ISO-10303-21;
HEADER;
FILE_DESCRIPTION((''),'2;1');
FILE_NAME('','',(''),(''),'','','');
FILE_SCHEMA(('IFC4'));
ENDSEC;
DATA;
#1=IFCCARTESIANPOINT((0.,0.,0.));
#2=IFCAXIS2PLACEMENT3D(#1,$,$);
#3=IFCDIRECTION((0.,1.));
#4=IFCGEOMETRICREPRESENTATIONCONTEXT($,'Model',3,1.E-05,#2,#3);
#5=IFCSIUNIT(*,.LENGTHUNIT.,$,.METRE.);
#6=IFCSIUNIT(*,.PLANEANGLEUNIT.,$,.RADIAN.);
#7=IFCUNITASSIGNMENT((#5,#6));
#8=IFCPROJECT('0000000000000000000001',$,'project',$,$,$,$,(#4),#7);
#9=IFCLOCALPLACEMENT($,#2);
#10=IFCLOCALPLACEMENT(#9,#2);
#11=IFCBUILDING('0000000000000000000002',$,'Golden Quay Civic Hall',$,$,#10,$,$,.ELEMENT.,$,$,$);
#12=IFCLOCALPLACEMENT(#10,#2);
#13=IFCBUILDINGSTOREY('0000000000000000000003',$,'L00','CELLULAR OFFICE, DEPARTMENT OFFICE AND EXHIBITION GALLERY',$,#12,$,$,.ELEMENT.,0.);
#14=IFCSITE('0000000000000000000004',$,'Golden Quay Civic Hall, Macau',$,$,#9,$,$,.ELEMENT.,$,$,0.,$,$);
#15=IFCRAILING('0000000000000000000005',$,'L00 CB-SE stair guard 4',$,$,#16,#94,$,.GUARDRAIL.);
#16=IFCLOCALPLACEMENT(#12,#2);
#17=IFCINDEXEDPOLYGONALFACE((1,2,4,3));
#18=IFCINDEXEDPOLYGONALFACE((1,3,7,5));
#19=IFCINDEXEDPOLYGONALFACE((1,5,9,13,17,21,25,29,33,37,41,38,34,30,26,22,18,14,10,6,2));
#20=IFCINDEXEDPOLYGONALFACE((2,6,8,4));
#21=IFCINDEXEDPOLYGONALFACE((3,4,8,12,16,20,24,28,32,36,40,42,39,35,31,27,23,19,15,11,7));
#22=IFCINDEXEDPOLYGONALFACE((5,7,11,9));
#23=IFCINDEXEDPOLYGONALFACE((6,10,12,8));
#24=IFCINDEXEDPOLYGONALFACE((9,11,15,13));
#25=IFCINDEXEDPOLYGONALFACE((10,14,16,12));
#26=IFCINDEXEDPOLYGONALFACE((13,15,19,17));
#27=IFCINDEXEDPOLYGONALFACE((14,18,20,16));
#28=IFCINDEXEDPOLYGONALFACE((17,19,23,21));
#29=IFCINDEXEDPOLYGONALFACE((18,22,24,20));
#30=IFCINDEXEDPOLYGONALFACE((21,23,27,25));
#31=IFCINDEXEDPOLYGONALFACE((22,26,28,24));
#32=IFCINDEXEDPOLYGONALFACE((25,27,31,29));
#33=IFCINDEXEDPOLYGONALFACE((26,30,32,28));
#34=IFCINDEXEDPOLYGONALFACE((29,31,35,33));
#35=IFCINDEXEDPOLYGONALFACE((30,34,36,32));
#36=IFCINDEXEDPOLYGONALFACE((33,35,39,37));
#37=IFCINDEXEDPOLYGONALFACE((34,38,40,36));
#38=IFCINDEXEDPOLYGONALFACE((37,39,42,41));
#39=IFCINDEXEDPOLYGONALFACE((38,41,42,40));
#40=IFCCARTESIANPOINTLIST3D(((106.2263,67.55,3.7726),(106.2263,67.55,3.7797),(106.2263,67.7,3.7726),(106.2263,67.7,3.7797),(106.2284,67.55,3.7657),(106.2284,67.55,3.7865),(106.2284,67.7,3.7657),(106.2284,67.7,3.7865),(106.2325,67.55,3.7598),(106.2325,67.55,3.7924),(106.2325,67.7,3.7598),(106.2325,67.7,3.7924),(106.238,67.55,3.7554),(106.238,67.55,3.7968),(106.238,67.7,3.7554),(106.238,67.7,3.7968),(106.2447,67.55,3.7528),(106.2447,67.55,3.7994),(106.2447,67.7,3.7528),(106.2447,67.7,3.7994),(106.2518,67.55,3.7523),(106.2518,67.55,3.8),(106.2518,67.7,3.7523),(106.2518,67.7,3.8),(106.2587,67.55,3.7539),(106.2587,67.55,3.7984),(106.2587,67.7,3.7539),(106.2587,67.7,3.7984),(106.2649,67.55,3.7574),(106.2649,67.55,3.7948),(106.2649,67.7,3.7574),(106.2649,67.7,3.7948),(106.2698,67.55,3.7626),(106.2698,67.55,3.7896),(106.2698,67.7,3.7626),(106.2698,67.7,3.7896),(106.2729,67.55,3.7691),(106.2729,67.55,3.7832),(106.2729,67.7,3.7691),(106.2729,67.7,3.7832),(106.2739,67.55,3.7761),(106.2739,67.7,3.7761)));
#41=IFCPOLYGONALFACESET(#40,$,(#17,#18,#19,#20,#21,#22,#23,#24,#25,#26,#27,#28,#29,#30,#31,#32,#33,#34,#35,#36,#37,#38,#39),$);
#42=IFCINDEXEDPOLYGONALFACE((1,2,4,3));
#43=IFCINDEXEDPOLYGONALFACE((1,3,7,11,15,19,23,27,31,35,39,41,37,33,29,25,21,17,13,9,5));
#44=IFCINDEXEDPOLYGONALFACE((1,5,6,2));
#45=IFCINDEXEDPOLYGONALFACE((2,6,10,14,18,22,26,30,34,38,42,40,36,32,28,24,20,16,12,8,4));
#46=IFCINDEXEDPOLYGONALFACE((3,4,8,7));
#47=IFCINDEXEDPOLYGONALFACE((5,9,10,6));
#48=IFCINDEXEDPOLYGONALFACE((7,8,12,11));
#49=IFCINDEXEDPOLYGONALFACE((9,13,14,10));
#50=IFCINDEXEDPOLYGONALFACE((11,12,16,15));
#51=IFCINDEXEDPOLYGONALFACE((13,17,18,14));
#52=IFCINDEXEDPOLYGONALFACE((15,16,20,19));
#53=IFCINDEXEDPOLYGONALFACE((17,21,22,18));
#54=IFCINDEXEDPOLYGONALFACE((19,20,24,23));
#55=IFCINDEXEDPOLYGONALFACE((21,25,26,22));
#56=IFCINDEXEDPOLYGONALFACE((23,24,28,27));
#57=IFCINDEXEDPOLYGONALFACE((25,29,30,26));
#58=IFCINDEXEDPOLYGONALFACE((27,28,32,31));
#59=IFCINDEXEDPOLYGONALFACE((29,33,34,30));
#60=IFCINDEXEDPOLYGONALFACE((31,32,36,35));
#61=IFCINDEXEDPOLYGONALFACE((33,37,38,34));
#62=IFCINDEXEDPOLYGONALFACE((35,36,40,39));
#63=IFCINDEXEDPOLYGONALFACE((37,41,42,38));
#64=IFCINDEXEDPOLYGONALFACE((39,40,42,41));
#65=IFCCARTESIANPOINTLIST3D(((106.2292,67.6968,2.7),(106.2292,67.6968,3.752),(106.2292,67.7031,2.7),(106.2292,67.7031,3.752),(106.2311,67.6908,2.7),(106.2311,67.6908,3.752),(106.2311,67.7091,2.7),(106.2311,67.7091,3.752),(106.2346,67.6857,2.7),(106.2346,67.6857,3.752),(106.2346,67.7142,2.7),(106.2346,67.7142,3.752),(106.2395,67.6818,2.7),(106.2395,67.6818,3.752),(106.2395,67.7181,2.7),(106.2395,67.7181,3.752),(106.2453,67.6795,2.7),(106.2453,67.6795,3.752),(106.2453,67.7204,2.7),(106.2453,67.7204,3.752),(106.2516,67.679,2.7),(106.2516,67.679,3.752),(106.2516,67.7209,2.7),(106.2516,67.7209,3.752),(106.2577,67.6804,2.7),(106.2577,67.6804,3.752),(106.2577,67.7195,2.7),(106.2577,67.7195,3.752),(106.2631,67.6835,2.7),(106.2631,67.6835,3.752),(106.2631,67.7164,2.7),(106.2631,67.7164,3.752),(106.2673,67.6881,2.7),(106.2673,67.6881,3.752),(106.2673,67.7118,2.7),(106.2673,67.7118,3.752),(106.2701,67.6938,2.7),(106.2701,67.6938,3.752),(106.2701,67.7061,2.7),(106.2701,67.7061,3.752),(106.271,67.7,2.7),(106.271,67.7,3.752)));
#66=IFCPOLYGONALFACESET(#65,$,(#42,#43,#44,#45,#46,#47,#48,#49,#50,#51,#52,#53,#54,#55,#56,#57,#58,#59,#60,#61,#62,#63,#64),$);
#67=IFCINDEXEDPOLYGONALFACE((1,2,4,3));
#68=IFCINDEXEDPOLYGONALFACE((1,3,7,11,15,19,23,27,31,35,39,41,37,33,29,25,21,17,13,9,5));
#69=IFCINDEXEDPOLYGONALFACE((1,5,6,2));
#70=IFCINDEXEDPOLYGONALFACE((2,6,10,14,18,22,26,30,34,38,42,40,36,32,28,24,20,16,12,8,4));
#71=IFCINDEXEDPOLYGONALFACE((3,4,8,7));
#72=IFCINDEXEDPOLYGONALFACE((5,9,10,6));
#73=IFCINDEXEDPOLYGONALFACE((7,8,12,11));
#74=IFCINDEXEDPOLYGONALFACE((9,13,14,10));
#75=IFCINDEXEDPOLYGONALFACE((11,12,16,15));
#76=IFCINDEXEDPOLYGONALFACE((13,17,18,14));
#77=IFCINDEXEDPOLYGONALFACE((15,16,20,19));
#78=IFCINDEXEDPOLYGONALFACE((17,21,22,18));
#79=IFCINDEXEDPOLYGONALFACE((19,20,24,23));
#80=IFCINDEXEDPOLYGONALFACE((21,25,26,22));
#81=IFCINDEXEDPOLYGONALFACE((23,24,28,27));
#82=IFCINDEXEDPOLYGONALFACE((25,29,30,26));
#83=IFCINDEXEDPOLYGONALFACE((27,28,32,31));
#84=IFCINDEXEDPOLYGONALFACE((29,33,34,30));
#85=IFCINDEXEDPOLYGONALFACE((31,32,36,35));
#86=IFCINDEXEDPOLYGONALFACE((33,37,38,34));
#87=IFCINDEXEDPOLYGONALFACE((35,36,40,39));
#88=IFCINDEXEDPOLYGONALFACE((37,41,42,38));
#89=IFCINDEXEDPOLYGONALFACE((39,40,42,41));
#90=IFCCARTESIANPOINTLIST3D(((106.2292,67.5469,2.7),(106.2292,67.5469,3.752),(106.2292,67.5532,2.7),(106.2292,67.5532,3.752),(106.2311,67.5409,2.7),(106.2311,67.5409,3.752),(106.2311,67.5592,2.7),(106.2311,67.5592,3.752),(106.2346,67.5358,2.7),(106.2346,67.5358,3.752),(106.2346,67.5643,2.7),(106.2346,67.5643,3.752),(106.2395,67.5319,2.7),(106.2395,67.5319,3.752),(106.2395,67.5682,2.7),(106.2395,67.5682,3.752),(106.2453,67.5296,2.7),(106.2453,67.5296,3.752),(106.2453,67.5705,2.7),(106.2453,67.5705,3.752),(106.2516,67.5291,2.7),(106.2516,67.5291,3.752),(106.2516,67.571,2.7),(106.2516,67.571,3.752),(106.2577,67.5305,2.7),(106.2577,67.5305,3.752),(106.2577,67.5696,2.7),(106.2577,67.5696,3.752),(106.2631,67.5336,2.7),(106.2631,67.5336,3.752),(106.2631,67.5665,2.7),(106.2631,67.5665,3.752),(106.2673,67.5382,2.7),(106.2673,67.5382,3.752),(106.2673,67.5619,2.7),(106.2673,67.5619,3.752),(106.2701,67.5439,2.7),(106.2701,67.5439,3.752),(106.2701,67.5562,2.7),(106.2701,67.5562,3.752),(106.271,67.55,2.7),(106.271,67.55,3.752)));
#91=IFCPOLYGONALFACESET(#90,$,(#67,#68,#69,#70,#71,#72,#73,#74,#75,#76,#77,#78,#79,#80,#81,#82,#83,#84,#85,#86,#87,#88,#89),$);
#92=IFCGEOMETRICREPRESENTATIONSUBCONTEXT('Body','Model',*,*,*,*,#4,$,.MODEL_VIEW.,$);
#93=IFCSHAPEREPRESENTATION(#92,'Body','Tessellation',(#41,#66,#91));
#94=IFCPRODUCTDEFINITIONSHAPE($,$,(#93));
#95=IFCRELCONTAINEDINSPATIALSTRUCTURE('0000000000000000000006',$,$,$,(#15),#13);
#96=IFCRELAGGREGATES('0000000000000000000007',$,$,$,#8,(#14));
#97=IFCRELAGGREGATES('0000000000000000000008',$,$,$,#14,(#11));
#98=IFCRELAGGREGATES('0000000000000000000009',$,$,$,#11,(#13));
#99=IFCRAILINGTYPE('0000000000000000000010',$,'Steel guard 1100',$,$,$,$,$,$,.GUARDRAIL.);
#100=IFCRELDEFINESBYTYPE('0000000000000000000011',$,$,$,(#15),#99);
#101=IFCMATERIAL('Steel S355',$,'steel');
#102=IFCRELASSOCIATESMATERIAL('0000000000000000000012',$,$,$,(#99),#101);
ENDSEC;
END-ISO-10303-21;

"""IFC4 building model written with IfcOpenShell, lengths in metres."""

from ifc_helpers import new_model, si_unit, direction, frame, origin, origin_2d, place, context, subcontext, project, spatial, circle, extrude, material, type_object, element, save


model = new_model("IFC4")

# Units and contexts
model_context = context("Model", 3, precision=1e-05, world=origin(), true_north=direction((0.0, 1.0)))
body_context = subcontext(model_context, "Body", "Model", "MODEL_VIEW")
ifc_project = project(units=[si_unit("LENGTHUNIT", "METRE"), si_unit("PLANEANGLEUNIT", "RADIAN")], contexts=[model_context])

# Site, building, storey
site_placement = place(None, origin())
site = spatial("IfcSite", under=ifc_project, at=site_placement, Name="Golden Quay Civic Hall, Macau", CompositionType="ELEMENT", RefElevation=0.0)
building_placement = place(site_placement, origin())
building = spatial("IfcBuilding", under=site, at=building_placement, Name="Golden Quay Civic Hall", CompositionType="ELEMENT")
storey_placement = place(building_placement, origin())
storey = spatial("IfcBuildingStorey", under=building, at=storey_placement, Name="L00", Description="CELLULAR OFFICE, DEPARTMENT OFFICE AND EXHIBITION GALLERY", CompositionType="ELEMENT", Elevation=0.0)

# Railing
ifc_material_1 = material(Name="Steel S355", Category="steel")
railing_type_1 = type_object("IfcRailingType", Name="Steel guard 1100", PredefinedType="GUARDRAIL", material=ifc_material_1)
railing_1_placement = place(storey_placement, frame((106.25, 67.7, 2.7)))
element("IfcRailing", 1, at=railing_1_placement, inside=storey, type_object=railing_type_1, Name="L00 CB-SE stair guard 4", PredefinedType="GUARDRAIL", context=body_context, shape_type="SweptSolid", body=[
    extrude(circle(Radius=0.0239, at=origin_2d()), frame((0.0, 0.0, 1.0762), z_axis=(0.0, -1.0, 0.0), x_axis=(1.0, 0.0, 0.0)), (0.0, 0.0, 1.0), 0.1499),
    extrude(circle(Radius=0.021, at=origin_2d()), origin(), (0.0, 0.0, 1.0), 1.052),
    extrude(circle(Radius=0.021, at=origin_2d()), frame((0.0, -0.1499, 0.0)), (0.0, 0.0, 1.0), 1.052),
])

save(model, "model.ifc")
